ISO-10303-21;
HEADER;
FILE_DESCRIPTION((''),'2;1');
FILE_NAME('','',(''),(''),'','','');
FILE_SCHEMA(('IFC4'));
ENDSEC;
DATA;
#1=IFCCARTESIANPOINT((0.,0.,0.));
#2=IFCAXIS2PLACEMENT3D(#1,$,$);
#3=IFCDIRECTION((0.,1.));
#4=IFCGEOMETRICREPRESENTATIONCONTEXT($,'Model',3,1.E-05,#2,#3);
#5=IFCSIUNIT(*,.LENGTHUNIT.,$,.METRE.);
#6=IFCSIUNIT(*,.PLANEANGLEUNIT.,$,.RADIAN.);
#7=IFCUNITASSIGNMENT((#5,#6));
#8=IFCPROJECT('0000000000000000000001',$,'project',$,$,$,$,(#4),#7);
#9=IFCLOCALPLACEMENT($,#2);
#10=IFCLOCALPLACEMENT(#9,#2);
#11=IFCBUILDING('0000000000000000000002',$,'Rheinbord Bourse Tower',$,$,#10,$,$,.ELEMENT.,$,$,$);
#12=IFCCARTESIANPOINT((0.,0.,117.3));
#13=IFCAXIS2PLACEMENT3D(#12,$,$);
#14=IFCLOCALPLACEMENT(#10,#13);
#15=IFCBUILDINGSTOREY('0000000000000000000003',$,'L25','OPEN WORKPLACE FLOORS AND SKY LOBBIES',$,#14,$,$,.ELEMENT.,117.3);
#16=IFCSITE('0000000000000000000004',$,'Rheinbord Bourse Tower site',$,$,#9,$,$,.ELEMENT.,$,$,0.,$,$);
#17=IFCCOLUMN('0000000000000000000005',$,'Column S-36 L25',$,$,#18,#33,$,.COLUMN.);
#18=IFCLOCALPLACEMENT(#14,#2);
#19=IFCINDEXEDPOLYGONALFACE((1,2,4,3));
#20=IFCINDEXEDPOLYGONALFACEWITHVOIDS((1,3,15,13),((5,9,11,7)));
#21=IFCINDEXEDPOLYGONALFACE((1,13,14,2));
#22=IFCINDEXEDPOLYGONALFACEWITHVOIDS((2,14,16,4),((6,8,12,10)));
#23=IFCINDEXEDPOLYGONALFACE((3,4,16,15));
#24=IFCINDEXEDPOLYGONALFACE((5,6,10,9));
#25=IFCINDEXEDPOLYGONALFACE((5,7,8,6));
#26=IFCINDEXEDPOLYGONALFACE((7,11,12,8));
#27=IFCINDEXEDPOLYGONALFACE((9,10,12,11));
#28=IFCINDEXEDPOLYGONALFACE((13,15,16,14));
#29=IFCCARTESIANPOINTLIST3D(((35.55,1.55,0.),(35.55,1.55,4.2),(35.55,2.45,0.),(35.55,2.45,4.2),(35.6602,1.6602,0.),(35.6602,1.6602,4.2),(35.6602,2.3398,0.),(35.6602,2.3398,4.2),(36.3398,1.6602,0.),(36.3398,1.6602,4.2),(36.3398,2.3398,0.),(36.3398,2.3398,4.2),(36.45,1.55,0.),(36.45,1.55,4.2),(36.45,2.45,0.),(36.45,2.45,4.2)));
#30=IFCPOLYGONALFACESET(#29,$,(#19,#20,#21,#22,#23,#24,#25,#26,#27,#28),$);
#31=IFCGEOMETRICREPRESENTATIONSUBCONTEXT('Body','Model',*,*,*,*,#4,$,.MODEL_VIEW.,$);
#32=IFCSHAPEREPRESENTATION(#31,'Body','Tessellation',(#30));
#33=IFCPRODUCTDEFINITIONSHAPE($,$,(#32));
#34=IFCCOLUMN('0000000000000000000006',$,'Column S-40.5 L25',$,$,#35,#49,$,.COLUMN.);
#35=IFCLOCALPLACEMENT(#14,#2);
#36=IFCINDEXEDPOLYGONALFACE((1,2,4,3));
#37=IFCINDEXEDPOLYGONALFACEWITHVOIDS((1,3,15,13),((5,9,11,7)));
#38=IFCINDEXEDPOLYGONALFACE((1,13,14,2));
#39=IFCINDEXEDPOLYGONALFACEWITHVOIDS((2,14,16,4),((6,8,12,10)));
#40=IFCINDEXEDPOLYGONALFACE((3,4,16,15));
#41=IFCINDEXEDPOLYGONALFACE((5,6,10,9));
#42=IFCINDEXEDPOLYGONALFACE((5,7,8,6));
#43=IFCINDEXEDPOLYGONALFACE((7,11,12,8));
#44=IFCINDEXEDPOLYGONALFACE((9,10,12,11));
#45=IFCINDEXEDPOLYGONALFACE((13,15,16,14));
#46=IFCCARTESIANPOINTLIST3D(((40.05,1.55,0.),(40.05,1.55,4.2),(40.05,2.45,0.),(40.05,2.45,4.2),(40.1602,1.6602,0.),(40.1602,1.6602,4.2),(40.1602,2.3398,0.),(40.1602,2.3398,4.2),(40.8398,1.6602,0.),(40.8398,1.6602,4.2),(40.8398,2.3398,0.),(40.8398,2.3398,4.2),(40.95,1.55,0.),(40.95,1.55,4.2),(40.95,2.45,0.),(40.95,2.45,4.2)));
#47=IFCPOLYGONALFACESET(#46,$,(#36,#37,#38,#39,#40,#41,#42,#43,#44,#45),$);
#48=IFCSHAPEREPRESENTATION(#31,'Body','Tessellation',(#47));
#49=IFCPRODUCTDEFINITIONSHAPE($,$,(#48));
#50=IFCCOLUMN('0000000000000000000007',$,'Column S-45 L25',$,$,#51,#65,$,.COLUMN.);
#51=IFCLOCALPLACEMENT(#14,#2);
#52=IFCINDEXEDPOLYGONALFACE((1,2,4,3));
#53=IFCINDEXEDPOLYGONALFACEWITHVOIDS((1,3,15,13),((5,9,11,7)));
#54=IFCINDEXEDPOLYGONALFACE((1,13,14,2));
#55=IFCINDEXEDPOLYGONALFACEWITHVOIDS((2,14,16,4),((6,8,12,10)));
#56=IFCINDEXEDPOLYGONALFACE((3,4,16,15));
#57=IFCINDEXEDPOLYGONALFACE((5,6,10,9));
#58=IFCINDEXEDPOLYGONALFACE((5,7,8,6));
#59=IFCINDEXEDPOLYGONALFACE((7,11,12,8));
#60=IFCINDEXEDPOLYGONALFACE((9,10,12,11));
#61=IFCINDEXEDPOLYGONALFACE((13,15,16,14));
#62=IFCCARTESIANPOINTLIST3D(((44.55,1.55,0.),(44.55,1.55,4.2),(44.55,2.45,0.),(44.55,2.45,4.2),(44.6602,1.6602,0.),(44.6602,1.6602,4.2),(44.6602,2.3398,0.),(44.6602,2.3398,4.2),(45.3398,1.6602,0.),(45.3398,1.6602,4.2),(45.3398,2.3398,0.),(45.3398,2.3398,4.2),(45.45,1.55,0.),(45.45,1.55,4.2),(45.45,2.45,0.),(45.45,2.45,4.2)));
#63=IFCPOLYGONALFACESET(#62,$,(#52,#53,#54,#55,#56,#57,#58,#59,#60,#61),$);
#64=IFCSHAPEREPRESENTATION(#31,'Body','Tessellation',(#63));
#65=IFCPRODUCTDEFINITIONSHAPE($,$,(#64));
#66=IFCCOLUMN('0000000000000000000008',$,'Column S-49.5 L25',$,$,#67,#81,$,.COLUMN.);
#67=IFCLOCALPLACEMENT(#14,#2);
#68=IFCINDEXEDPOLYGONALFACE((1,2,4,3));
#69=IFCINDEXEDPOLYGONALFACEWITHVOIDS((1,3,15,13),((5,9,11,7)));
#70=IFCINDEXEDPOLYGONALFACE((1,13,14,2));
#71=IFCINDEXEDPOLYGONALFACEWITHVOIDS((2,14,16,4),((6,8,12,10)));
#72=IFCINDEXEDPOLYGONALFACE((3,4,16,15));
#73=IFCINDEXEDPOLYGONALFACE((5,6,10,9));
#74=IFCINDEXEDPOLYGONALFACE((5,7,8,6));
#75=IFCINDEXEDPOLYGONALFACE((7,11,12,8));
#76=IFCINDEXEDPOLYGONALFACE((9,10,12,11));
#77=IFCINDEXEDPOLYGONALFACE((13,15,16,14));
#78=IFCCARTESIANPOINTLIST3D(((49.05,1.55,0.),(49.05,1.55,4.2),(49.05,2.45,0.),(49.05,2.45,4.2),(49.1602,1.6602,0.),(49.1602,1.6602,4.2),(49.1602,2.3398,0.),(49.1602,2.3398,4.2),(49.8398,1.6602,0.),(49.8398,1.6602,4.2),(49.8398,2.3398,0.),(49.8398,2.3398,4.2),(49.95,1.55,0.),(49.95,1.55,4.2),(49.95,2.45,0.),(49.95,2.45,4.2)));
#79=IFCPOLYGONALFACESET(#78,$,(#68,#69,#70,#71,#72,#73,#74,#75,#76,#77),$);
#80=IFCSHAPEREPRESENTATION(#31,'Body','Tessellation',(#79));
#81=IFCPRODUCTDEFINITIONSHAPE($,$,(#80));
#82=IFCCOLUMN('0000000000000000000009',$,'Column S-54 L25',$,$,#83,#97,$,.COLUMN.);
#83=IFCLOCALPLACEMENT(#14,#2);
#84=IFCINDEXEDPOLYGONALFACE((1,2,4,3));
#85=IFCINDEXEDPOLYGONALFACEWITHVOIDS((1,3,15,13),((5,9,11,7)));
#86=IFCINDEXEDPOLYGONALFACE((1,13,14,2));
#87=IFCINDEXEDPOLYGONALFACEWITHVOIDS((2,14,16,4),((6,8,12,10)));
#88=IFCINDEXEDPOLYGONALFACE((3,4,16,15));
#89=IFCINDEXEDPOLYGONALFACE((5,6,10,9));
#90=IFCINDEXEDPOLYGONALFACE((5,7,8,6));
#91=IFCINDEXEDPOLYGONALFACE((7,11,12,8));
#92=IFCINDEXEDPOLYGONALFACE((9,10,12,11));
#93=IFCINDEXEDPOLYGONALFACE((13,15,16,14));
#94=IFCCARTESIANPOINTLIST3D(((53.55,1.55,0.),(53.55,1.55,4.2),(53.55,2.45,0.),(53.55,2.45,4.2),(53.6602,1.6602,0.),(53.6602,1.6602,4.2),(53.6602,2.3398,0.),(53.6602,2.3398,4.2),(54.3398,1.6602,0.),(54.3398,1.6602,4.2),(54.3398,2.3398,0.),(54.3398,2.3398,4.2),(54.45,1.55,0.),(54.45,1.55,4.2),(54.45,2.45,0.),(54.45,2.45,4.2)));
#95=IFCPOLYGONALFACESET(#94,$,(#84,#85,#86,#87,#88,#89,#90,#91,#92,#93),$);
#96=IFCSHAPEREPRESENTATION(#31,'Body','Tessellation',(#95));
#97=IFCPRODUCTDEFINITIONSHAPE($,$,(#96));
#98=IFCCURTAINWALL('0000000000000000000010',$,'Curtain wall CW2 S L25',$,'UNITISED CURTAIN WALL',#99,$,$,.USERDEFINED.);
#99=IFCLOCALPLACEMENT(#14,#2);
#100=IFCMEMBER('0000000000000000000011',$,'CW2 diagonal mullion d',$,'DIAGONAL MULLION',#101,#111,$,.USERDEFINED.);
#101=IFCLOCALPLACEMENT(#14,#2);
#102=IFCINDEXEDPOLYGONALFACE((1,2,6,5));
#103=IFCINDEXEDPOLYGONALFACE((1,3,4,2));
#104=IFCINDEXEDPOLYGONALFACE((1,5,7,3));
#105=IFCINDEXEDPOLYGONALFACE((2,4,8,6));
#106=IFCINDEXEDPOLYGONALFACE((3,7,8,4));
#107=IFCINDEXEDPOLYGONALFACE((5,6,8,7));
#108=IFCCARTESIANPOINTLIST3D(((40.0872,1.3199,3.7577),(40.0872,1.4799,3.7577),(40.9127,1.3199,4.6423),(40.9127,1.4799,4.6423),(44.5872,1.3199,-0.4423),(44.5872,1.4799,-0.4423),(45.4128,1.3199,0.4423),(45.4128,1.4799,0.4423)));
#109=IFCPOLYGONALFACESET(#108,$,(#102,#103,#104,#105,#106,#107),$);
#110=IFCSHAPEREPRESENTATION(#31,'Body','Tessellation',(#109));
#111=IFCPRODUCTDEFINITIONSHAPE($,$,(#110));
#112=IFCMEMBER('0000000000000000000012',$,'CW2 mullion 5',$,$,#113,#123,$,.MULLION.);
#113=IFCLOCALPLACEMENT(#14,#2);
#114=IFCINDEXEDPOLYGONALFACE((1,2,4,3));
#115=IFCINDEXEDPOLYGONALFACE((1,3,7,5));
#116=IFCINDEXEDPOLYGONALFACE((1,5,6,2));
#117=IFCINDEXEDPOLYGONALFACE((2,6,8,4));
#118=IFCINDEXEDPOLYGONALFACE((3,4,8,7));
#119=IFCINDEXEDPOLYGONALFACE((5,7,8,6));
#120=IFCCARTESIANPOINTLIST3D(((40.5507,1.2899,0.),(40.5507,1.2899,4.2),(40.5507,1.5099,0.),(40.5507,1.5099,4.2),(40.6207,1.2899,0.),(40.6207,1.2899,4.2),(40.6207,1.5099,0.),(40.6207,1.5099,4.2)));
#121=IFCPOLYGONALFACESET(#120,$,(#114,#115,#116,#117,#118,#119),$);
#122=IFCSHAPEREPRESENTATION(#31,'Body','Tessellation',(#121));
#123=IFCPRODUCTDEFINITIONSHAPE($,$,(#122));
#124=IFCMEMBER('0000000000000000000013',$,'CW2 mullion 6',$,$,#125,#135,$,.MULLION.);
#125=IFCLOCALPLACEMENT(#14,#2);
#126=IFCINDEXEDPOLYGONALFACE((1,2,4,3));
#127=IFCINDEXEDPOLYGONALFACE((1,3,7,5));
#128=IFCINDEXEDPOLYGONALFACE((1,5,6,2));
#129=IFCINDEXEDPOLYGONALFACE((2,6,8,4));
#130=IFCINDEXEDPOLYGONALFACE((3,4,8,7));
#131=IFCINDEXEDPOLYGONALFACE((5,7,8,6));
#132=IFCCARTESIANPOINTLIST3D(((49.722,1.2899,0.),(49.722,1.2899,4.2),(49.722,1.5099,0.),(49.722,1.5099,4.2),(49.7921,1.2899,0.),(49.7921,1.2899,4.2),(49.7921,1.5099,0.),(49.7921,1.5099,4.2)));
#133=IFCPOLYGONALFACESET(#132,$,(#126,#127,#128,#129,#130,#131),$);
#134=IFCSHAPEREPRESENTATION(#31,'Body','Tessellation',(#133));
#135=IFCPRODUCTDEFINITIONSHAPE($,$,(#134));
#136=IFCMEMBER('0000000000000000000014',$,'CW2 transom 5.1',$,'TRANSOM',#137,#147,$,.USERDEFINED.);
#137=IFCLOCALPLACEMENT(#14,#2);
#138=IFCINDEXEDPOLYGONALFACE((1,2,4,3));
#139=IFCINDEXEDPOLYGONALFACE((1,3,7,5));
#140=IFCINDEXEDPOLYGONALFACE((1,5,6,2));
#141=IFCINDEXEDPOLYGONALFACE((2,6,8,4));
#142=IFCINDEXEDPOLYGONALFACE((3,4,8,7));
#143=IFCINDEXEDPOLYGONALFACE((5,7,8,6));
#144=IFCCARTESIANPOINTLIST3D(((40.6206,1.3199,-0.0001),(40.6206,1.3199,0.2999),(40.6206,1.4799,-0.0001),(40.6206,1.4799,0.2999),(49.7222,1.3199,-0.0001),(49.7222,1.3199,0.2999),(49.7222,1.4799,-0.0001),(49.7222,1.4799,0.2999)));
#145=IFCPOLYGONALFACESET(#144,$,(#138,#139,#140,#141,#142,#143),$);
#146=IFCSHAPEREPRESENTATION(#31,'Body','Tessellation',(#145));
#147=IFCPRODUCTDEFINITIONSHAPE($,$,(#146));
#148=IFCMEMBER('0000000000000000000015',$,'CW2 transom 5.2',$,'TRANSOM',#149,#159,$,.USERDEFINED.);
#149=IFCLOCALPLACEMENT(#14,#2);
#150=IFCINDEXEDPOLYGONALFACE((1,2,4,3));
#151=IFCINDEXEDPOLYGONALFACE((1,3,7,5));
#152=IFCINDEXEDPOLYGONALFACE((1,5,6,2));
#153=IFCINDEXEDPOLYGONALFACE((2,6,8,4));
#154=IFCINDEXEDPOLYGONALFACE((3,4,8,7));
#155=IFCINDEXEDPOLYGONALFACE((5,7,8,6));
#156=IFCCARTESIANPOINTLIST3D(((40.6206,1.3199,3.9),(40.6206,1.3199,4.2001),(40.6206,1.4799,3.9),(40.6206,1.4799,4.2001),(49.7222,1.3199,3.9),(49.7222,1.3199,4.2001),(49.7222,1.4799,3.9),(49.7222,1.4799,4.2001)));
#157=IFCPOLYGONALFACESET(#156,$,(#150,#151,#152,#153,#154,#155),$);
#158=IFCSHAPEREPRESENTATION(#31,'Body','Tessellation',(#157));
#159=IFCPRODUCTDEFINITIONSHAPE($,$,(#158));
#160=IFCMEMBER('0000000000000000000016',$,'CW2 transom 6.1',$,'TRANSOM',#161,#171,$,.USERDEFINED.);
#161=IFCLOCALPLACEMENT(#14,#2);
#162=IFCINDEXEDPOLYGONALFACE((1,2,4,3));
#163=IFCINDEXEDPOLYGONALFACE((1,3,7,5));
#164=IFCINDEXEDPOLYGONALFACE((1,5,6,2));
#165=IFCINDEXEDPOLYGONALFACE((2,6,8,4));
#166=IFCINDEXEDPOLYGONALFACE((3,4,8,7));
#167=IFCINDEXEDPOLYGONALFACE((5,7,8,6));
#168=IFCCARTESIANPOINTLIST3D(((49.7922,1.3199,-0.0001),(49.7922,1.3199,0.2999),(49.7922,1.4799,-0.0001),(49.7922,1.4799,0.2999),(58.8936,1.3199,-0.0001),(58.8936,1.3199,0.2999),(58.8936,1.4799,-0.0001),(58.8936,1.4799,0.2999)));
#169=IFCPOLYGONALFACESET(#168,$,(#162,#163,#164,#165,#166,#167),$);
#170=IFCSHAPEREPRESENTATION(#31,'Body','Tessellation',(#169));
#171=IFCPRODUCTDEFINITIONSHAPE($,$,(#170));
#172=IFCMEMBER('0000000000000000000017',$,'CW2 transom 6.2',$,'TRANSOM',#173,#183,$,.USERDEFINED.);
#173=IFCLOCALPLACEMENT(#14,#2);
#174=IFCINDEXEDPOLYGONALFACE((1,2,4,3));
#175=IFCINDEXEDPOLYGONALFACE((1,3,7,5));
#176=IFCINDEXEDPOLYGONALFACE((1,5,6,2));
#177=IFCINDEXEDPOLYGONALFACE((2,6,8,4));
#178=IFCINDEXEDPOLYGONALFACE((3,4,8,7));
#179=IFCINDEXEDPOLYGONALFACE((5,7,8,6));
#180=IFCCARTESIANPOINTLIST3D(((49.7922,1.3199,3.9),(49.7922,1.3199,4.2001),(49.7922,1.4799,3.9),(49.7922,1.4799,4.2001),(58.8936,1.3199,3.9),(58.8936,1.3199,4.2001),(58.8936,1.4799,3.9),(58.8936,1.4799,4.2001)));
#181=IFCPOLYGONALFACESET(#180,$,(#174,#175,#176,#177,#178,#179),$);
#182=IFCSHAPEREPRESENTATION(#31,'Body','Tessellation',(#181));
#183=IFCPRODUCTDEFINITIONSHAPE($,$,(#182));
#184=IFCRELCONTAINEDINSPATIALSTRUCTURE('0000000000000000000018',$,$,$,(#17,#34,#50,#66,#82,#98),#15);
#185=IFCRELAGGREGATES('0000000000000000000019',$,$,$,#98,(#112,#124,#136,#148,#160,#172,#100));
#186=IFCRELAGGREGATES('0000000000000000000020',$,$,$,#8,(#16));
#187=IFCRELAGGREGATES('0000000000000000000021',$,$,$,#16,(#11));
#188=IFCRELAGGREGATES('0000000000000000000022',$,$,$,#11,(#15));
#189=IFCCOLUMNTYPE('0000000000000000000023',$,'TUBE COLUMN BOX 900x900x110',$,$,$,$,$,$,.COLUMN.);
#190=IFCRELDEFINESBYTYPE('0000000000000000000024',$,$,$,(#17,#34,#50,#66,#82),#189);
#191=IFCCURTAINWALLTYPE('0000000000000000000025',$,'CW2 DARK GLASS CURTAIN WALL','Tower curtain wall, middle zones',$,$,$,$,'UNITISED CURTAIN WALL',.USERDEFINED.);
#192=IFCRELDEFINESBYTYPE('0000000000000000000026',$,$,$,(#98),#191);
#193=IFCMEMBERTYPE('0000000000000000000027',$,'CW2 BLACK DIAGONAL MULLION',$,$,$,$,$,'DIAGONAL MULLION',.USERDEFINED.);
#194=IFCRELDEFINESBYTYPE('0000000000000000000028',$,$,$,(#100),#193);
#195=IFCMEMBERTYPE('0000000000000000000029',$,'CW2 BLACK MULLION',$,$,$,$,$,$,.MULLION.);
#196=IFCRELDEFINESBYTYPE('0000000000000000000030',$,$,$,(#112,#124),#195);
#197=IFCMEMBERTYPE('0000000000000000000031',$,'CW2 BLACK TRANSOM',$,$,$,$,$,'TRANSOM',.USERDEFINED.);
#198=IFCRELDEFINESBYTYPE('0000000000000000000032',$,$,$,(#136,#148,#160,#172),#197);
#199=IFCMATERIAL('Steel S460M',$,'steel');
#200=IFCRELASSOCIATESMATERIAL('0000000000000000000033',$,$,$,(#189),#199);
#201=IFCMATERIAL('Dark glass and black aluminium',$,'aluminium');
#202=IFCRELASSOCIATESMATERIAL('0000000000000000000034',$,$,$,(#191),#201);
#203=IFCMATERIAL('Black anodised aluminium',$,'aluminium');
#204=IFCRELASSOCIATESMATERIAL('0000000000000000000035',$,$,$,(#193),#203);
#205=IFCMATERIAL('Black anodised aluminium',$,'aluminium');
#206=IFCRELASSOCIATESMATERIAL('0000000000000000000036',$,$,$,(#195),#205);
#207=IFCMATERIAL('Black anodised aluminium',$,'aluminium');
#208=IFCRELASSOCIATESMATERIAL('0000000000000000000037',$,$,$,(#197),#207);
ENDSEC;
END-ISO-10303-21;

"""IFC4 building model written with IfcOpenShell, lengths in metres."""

from ifc_helpers import new_model, si_unit, direction, frame, origin, origin_2d, place, context, subcontext, project, spatial, rectangle, hollow_rectangle, extrude, material, material_profile, profile_set, type_object, element, aggregate, save


model = new_model("IFC4")

# Units and contexts
model_context = context("Model", 3, precision=1e-05, world=origin(), true_north=direction((0.0, 1.0)))
body_context = subcontext(model_context, "Body", "Model", "MODEL_VIEW")
ifc_project = project(units=[si_unit("LENGTHUNIT", "METRE"), si_unit("PLANEANGLEUNIT", "RADIAN")], contexts=[model_context])

# Site, building, storey
site_placement = place(None, origin())
site = spatial("IfcSite", under=ifc_project, at=site_placement, Name="Rheinbord Bourse Tower site", CompositionType="ELEMENT", RefElevation=0.0)
building_placement = place(site_placement, origin())
building = spatial("IfcBuilding", under=site, at=building_placement, Name="Rheinbord Bourse Tower", CompositionType="ELEMENT")
storey_placement = place(building_placement, frame((0.0, 0.0, 117.3)))
storey = spatial("IfcBuildingStorey", under=building, at=storey_placement, Name="L25", Description="OPEN WORKPLACE FLOORS AND SKY LOBBIES", CompositionType="ELEMENT", Elevation=117.3)

# Columns
ifc_material_1 = material(Name="Steel S460M", Category="steel")
ifc_material_profile_1 = material_profile(ifc_material_1, hollow_rectangle(XDim=0.8999, YDim=0.8999, WallThickness=0.1101, at=origin_2d()), Name="BOX 900x900x110")
ifc_profile_set_1 = profile_set([ifc_material_profile_1], Name="Steel S460M")
column_type = type_object("IfcColumnType", Name="TUBE COLUMN BOX 900x900x110", PredefinedType="COLUMN", material=ifc_profile_set_1)
for number, where, z_axis, x_axis, name in (
    (1, (36.0, 2.0, 0.0), (0.0, 0.0, 1.0), (0.0, 1.0, 0.0), "Column S-36 L25"),
    (2, (40.5, 2.0, 0.0), (0.0, 0.0, 1.0), (0.0, 1.0, 0.0), "Column S-40.5 L25"),
    (3, (45.0, 2.0, 0.0), (0.0, 0.0, 1.0), (0.0, 1.0, 0.0), "Column S-45 L25"),
    (4, (49.5, 2.0, 0.0), (0.0, 0.0, 1.0), (0.0, 1.0, 0.0), "Column S-49.5 L25"),
    (5, (54.0, 2.0, 0.0), (0.0, 0.0, 1.0), (0.0, 1.0, 0.0), "Column S-54 L25"),
):
    element("IfcColumn", number, at=place(storey_placement, frame(where, z_axis=z_axis, x_axis=x_axis)), inside=storey, type_object=column_type, Name=name, PredefinedType="COLUMN", context=body_context, shape_type="SweptSolid", body=[
        extrude(hollow_rectangle(XDim=0.8999, YDim=0.8999, WallThickness=0.1101, at=origin_2d()), origin(), (0.0, 0.0, 1.0), 4.2),
    ])

# Curtain wall, members
ifc_material_2 = material(Name="Dark glass and black aluminium", Category="aluminium")
curtain_wall_type = type_object("IfcCurtainWallType", Name="CW2 DARK GLASS CURTAIN WALL", Description="Tower curtain wall, middle zones", ElementType="UNITISED CURTAIN WALL", PredefinedType="USERDEFINED", material=ifc_material_2)
curtain_wall_placement = place(storey_placement, origin())
curtain_wall = element("IfcCurtainWall", 6, at=curtain_wall_placement, inside=storey, type_object=curtain_wall_type, Name="Curtain wall CW2 S L25", ObjectType="UNITISED CURTAIN WALL", PredefinedType="USERDEFINED")
ifc_material_3 = material(Name="Black anodised aluminium", Category="aluminium")
ifc_material_profile_2 = material_profile(ifc_material_3, rectangle(XDim=0.1599, YDim=1.21, at=origin_2d()), Name="CW2 DIAGONAL MULLION 1210x160")
ifc_profile_set_2 = profile_set([ifc_material_profile_2], Name="Black anodised aluminium")
member_type_1 = type_object("IfcMemberType", Name="CW2 BLACK DIAGONAL MULLION", ElementType="DIAGONAL MULLION", PredefinedType="USERDEFINED", material=ifc_profile_set_2)
member_1_placement = place(storey_placement, frame((45.0, 1.3999, 0.0), z_axis=(-0.731059, 0.0, 0.682314), x_axis=(0.0, -1.0, 0.0)))
member_1 = element("IfcMember", 7, at=member_1_placement, type_object=member_type_1, Name="CW2 diagonal mullion d", ObjectType="DIAGONAL MULLION", PredefinedType="USERDEFINED", context=body_context, shape_type="SweptSolid", body=[
    extrude(rectangle(XDim=0.1599, YDim=1.21, at=origin_2d()), origin(), (0.0, 0.0, 1.0), 6.1555),
])
ifc_material_4 = material(Name="Black anodised aluminium", Category="aluminium")
ifc_material_profile_3 = material_profile(ifc_material_4, rectangle(XDim=0.22, YDim=0.0701, at=origin_2d()), Name="CW2 MULLION 70x220")
ifc_profile_set_3 = profile_set([ifc_material_profile_3], Name="Black anodised aluminium")
member_type_2 = type_object("IfcMemberType", Name="CW2 BLACK MULLION", PredefinedType="MULLION", material=ifc_profile_set_3)
member_2_placement = place(storey_placement, frame((40.5857, 1.3999, 0.0), z_axis=(0.0, 0.0, 1.0), x_axis=(0.0, 1.0, 0.0)))
member_2 = element("IfcMember", 8, at=member_2_placement, type_object=member_type_2, Name="CW2 mullion 5", PredefinedType="MULLION", context=body_context, shape_type="SweptSolid", body=[
    extrude(rectangle(XDim=0.22, YDim=0.0701, at=origin_2d()), origin(), (0.0, 0.0, 1.0), 4.2),
])
member_3_placement = place(storey_placement, frame((49.7571, 1.3999, 0.0), z_axis=(0.0, 0.0, 1.0), x_axis=(0.0, 1.0, 0.0)))
member_3 = element("IfcMember", 9, at=member_3_placement, type_object=member_type_2, Name="CW2 mullion 6", PredefinedType="MULLION", context=body_context, shape_type="SweptSolid", body=[
    extrude(rectangle(XDim=0.22, YDim=0.0701, at=origin_2d()), origin(), (0.0, 0.0, 1.0), 4.2),
])
ifc_material_5 = material(Name="Black anodised aluminium", Category="aluminium")
ifc_material_profile_4 = material_profile(ifc_material_5, rectangle(XDim=0.1599, YDim=0.3, at=origin_2d()), Name="CW2 TRANSOM 300x160")
ifc_profile_set_4 = profile_set([ifc_material_profile_4], Name="Black anodised aluminium")
member_type_3 = type_object("IfcMemberType", Name="CW2 BLACK TRANSOM", ElementType="TRANSOM", PredefinedType="USERDEFINED", material=ifc_profile_set_4)
member_4_placement = place(storey_placement, frame((40.6206, 1.3999, 0.1499), z_axis=(1.0, 0.0, 0.0), x_axis=(0.0, 1.0, 0.0)))
member_4 = element("IfcMember", 10, at=member_4_placement, type_object=member_type_3, Name="CW2 transom 5.1", ObjectType="TRANSOM", PredefinedType="USERDEFINED", context=body_context, shape_type="SweptSolid", body=[
    extrude(rectangle(XDim=0.1599, YDim=0.3, at=origin_2d()), origin(), (0.0, 0.0, 1.0), 9.1016),
])
member_5_placement = place(storey_placement, frame((40.6206, 1.3999, 4.05), z_axis=(1.0, 0.0, 0.0), x_axis=(0.0, 1.0, 0.0)))
member_5 = element("IfcMember", 11, at=member_5_placement, type_object=member_type_3, Name="CW2 transom 5.2", ObjectType="TRANSOM", PredefinedType="USERDEFINED", context=body_context, shape_type="SweptSolid", body=[
    extrude(rectangle(XDim=0.1599, YDim=0.3, at=origin_2d()), origin(), (0.0, 0.0, 1.0), 9.1016),
])
member_6_placement = place(storey_placement, frame((49.7922, 1.3999, 0.1499), z_axis=(1.0, 0.0, 0.0), x_axis=(0.0, 1.0, 0.0)))
member_6 = element("IfcMember", 12, at=member_6_placement, type_object=member_type_3, Name="CW2 transom 6.1", ObjectType="TRANSOM", PredefinedType="USERDEFINED", context=body_context, shape_type="SweptSolid", body=[
    extrude(rectangle(XDim=0.1599, YDim=0.3, at=origin_2d()), origin(), (0.0, 0.0, 1.0), 9.1013),
])
member_7_placement = place(storey_placement, frame((49.7922, 1.3999, 4.05), z_axis=(1.0, 0.0, 0.0), x_axis=(0.0, 1.0, 0.0)))
member_7 = element("IfcMember", 13, at=member_7_placement, type_object=member_type_3, Name="CW2 transom 6.2", ObjectType="TRANSOM", PredefinedType="USERDEFINED", context=body_context, shape_type="SweptSolid", body=[
    extrude(rectangle(XDim=0.1599, YDim=0.3, at=origin_2d()), origin(), (0.0, 0.0, 1.0), 9.1013),
])

aggregate(curtain_wall, [member_2, member_3, member_4, member_5, member_6, member_7, member_1])

save(model, "model.ifc")
